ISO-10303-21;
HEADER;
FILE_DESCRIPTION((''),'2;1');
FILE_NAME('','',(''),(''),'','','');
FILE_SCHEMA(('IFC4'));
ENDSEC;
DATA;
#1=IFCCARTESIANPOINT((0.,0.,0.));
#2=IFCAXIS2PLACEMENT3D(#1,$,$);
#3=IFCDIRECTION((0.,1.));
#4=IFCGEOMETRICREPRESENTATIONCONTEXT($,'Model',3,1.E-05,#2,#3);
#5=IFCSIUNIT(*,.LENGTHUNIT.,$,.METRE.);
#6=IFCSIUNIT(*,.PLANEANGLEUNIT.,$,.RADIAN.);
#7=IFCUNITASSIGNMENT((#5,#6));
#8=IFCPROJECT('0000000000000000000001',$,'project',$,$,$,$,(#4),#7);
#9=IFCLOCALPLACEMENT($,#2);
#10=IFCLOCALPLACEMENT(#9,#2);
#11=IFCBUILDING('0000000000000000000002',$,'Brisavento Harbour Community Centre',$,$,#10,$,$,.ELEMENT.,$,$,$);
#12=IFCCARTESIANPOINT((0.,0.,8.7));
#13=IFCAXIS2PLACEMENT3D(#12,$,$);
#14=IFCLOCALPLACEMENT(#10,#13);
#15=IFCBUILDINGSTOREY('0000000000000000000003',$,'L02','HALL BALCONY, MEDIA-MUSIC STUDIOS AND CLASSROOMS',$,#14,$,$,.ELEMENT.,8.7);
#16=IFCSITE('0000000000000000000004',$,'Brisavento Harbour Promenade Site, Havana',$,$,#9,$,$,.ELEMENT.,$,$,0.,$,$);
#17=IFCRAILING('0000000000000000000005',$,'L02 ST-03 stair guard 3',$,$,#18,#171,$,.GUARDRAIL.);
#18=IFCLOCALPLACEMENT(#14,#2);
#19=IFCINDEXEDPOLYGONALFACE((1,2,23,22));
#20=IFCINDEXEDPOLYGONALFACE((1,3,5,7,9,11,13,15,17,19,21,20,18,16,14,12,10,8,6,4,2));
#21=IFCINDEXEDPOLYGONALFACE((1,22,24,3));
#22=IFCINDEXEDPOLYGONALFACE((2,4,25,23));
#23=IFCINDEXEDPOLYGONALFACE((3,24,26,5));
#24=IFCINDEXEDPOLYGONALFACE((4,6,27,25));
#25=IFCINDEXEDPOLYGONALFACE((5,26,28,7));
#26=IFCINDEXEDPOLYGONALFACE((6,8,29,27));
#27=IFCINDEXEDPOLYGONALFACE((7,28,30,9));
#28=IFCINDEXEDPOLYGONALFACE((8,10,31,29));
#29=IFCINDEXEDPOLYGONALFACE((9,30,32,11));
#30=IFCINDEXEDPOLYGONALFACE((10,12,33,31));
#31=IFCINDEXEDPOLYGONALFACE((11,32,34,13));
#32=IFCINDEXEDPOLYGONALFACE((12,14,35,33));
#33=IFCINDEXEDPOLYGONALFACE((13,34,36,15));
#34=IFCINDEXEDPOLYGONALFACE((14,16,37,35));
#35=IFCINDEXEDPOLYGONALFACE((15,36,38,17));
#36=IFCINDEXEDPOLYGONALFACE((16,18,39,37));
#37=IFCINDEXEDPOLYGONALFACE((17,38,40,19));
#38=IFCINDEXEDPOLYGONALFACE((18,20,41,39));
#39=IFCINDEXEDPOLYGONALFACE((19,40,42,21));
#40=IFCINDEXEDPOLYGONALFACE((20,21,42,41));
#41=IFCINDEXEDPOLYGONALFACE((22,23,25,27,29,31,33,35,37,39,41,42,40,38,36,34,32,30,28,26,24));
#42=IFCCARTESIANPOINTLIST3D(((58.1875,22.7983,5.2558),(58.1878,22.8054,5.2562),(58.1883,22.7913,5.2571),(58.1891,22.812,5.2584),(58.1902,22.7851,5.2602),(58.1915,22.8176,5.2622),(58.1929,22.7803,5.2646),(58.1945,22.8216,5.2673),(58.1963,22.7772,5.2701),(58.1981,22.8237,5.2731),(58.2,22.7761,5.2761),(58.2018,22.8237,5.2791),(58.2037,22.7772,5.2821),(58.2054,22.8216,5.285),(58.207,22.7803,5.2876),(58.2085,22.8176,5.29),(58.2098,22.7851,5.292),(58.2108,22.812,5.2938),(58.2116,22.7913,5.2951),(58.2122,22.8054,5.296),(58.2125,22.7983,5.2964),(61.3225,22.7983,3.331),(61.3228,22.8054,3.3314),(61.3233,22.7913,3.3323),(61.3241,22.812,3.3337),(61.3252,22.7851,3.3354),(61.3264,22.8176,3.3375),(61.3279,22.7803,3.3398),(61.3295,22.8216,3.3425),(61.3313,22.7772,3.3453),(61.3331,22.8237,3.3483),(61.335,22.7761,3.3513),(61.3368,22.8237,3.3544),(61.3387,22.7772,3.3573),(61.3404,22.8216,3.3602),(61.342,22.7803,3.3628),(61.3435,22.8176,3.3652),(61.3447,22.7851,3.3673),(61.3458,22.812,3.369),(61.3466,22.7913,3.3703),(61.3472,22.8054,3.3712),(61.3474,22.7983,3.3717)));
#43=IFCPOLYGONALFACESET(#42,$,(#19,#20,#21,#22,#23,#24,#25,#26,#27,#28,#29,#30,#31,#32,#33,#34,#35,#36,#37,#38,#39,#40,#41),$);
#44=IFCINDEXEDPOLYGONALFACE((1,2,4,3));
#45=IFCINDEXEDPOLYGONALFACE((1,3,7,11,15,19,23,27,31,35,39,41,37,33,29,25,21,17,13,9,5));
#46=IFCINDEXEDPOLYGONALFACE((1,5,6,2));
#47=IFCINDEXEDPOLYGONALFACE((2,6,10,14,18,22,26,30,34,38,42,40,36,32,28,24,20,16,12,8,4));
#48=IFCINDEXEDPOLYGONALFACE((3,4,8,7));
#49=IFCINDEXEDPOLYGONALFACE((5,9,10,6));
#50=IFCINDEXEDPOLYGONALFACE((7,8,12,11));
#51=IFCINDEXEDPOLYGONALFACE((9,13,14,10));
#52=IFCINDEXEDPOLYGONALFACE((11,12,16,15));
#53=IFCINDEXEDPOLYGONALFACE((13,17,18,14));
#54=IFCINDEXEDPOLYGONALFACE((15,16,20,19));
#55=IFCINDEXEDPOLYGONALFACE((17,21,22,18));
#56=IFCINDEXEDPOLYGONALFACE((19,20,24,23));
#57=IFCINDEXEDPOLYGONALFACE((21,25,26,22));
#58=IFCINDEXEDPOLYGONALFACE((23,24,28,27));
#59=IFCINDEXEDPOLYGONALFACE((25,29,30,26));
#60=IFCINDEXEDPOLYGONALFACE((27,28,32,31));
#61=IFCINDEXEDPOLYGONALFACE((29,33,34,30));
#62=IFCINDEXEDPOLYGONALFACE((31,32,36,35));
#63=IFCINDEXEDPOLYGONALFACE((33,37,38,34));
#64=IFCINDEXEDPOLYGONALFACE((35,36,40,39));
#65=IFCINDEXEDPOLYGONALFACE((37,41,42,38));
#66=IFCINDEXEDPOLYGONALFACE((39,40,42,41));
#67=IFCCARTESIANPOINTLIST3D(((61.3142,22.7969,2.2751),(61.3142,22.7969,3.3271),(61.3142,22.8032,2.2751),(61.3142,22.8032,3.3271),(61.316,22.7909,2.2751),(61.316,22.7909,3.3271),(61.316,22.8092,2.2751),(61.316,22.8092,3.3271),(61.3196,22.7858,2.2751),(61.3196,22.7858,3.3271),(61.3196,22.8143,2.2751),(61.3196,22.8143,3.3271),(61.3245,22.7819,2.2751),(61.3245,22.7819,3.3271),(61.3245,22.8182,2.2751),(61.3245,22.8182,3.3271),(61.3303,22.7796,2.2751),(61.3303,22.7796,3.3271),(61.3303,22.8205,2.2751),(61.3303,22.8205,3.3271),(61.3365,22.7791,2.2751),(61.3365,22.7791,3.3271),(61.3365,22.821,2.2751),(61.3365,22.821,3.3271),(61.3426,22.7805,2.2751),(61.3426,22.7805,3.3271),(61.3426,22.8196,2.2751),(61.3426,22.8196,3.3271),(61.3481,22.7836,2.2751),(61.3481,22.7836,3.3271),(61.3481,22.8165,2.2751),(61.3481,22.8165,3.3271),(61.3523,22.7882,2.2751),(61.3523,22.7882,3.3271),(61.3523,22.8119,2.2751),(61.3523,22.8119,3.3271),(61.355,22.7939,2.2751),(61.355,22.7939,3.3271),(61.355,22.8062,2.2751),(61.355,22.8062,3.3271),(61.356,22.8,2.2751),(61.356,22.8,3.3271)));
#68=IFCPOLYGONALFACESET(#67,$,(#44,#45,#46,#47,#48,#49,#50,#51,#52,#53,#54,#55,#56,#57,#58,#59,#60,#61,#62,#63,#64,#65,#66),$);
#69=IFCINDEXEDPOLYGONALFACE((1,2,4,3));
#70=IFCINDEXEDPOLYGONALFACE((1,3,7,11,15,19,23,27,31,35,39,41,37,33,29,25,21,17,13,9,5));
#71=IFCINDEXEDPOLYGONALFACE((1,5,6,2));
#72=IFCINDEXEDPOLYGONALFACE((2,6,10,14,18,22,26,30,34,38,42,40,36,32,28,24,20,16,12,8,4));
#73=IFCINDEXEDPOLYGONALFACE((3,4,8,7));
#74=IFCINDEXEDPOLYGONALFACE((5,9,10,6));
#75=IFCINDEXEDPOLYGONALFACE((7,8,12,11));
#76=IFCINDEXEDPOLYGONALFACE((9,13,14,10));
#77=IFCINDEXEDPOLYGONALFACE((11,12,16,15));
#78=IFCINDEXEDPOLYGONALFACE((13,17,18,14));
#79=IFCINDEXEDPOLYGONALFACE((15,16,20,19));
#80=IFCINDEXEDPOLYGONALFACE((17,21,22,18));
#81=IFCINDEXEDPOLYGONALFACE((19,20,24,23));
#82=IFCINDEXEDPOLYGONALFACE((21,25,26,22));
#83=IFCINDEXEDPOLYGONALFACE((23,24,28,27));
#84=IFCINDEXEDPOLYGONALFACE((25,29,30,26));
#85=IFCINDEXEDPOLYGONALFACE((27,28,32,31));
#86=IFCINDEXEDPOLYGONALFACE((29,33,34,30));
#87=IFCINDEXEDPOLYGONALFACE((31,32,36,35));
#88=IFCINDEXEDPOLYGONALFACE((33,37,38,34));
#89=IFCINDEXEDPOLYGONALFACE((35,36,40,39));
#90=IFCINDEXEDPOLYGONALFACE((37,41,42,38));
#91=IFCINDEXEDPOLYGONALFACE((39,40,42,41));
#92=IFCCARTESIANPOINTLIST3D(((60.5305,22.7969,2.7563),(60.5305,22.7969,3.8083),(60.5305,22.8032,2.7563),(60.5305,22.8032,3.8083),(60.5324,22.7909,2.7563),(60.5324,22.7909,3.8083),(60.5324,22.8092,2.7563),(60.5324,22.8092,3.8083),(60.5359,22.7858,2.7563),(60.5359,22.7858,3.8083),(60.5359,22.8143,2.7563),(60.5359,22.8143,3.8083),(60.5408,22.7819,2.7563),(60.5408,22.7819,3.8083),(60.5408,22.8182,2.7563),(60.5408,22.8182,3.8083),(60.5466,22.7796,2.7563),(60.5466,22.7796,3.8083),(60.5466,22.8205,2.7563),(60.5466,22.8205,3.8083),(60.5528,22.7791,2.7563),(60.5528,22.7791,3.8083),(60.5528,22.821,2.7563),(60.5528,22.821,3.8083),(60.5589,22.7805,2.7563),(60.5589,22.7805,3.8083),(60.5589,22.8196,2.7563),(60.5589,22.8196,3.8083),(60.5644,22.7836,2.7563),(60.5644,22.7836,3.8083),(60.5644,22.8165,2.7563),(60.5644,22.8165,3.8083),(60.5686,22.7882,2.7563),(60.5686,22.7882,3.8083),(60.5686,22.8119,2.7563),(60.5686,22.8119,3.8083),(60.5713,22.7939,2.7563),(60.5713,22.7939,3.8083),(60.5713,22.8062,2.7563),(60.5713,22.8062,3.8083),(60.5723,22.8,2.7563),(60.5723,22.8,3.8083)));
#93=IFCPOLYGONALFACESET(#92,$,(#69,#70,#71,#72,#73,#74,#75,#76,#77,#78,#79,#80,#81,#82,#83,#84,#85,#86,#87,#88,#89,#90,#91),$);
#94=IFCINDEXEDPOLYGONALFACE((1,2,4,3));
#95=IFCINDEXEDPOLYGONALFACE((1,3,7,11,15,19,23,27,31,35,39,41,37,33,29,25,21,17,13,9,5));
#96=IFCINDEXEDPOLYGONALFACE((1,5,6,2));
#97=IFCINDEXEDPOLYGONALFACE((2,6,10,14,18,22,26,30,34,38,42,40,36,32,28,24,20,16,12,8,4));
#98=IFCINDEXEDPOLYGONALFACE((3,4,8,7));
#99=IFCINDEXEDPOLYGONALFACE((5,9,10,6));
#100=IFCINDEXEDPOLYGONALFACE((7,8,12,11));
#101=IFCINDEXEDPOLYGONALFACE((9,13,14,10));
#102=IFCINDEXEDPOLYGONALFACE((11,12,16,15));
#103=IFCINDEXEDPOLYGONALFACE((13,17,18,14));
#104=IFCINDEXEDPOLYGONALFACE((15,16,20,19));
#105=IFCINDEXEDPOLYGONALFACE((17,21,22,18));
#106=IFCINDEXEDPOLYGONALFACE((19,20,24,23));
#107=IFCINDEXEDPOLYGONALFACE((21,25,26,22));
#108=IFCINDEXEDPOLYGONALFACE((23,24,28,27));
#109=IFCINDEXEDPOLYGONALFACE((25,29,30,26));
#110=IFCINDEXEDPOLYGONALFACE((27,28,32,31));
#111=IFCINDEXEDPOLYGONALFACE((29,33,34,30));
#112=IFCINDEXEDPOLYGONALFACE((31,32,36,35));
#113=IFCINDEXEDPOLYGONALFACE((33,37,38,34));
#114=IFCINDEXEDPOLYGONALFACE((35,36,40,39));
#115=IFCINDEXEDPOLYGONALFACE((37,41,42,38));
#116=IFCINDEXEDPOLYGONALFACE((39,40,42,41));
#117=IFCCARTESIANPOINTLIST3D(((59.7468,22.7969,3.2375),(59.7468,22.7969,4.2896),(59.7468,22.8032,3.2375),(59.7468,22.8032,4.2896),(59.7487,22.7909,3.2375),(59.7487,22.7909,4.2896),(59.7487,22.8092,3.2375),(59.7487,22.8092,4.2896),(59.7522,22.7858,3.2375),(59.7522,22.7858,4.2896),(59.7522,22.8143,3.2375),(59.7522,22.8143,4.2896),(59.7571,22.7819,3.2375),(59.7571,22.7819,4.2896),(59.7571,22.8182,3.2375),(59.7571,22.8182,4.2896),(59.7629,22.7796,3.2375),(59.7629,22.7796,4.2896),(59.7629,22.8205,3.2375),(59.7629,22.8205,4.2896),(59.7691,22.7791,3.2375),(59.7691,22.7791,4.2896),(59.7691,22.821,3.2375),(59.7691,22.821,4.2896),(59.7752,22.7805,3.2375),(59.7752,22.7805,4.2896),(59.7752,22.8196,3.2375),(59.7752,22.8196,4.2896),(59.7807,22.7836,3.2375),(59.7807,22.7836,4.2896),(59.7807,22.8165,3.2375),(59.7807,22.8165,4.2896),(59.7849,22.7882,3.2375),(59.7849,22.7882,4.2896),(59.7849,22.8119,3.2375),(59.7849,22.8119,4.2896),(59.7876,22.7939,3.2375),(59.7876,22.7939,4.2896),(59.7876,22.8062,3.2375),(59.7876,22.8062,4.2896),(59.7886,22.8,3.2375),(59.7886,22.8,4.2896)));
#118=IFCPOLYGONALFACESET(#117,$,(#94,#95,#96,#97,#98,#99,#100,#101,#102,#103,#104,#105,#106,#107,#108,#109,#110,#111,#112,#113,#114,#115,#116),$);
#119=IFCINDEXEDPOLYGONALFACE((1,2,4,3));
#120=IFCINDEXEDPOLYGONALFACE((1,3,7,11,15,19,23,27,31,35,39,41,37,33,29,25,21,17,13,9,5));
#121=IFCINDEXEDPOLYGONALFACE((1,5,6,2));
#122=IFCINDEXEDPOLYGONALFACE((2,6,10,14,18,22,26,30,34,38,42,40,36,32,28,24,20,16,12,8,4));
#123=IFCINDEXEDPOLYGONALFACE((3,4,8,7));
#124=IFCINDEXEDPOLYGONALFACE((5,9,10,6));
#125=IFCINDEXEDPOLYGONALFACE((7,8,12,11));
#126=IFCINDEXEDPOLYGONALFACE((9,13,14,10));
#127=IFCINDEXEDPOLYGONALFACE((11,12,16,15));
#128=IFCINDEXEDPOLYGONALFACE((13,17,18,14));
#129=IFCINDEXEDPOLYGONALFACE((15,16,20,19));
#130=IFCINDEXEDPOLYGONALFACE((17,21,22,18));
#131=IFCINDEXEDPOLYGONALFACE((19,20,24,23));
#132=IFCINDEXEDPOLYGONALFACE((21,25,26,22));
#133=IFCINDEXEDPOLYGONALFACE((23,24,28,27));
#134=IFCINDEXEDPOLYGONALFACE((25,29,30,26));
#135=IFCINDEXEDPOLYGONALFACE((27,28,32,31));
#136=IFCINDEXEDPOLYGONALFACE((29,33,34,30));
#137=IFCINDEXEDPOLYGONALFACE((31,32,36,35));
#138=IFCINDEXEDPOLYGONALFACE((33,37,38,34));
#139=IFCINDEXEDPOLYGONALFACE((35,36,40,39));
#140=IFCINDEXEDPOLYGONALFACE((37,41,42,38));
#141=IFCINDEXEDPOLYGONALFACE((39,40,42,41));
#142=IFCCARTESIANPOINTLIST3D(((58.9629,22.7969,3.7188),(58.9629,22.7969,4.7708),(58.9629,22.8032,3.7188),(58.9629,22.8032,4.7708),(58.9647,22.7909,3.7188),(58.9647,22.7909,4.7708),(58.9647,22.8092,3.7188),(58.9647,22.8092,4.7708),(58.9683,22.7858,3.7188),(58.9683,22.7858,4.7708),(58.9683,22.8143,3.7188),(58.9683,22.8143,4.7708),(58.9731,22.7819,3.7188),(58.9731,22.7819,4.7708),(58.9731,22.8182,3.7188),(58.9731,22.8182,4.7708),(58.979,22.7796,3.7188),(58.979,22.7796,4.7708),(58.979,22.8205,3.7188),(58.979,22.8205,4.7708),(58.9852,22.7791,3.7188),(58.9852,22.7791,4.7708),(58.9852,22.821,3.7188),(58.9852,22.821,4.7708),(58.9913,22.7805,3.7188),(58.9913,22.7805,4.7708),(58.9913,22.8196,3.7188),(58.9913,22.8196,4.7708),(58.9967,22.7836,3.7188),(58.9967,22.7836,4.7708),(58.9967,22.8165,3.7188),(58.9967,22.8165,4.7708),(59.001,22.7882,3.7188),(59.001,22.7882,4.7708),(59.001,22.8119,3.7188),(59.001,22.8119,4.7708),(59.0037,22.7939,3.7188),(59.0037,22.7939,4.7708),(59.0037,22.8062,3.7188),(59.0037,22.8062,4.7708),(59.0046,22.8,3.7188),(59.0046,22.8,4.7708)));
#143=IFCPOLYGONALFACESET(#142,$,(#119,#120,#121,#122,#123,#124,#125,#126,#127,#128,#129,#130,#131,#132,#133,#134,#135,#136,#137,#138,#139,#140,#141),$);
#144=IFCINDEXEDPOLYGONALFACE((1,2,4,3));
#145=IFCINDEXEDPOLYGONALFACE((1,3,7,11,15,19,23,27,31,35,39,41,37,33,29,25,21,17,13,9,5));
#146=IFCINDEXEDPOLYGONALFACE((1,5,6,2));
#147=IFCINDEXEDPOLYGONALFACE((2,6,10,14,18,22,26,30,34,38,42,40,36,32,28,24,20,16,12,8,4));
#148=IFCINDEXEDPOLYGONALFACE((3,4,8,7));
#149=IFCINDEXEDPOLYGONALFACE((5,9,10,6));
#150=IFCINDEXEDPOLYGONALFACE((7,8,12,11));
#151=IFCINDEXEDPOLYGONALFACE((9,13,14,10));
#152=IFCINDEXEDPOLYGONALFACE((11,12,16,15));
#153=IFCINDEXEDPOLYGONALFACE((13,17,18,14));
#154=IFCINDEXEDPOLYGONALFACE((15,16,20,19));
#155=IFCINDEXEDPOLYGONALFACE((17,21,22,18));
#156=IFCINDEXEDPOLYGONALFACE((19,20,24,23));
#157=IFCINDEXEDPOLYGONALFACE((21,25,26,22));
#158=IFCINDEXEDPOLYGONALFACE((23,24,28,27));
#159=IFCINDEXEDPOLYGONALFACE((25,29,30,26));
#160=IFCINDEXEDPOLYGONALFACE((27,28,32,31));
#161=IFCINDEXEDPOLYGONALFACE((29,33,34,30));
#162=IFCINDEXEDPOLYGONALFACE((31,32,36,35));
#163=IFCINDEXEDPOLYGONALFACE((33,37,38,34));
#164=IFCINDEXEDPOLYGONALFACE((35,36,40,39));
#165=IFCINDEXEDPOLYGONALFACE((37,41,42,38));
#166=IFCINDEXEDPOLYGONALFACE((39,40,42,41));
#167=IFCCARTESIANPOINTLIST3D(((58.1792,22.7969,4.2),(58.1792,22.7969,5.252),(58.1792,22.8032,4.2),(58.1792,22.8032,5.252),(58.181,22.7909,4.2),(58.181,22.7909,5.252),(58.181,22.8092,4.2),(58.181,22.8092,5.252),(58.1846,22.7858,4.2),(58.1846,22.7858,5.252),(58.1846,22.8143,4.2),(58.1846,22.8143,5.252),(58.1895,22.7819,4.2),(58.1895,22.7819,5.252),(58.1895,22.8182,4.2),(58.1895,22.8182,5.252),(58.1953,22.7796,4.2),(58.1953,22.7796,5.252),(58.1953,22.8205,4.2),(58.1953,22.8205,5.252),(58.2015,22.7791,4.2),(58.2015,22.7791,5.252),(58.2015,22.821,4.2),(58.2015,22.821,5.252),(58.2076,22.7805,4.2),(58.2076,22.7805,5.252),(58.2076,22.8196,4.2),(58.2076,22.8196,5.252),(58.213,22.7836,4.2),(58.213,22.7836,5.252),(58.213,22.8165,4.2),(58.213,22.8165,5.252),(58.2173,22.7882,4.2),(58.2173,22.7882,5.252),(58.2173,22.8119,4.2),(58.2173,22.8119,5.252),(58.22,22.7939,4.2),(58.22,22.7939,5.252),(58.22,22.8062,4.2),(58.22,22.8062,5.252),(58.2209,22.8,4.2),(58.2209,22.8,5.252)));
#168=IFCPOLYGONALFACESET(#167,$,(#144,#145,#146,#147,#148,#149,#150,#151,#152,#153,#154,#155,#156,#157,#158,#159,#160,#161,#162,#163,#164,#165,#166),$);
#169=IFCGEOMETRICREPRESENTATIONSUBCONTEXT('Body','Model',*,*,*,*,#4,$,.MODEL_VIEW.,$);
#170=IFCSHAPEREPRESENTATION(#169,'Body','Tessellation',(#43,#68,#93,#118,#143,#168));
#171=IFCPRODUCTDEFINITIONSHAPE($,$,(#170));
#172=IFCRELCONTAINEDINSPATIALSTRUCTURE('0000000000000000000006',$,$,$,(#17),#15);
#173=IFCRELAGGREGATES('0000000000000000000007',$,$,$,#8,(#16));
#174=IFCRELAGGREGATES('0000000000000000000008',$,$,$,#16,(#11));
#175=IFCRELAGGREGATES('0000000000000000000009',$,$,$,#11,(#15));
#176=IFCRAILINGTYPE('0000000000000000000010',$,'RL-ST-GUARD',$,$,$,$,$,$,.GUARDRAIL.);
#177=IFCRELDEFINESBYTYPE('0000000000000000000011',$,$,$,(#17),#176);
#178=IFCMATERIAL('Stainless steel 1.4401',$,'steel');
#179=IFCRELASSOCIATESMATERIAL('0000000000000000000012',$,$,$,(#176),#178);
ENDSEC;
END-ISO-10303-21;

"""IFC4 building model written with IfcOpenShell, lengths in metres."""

from ifc_helpers import new_model, si_unit, direction, frame, origin, origin_2d, place, context, subcontext, project, spatial, circle, extrude, material, type_object, element, save


model = new_model("IFC4")

# Units and contexts
model_context = context("Model", 3, precision=1e-05, world=origin(), true_north=direction((0.0, 1.0)))
body_context = subcontext(model_context, "Body", "Model", "MODEL_VIEW")
ifc_project = project(units=[si_unit("LENGTHUNIT", "METRE"), si_unit("PLANEANGLEUNIT", "RADIAN")], contexts=[model_context])

# Site, building, storey
site_placement = place(None, origin())
site = spatial("IfcSite", under=ifc_project, at=site_placement, Name="Brisavento Harbour Promenade Site, Havana", CompositionType="ELEMENT", RefElevation=0.0)
building_placement = place(site_placement, origin())
building = spatial("IfcBuilding", under=site, at=building_placement, Name="Brisavento Harbour Community Centre", CompositionType="ELEMENT")
storey_placement = place(building_placement, frame((0.0, 0.0, 8.7)))
storey = spatial("IfcBuildingStorey", under=building, at=storey_placement, Name="L02", Description="HALL BALCONY, MEDIA-MUSIC STUDIOS AND CLASSROOMS", CompositionType="ELEMENT", Elevation=8.7)

# Shared definitions
ifc_material_1 = material(Name="Stainless steel 1.4401", Category="steel")

# Railing
railing_type_1 = type_object("IfcRailingType", Name="RL-ST-GUARD", PredefinedType="GUARDRAIL", material=ifc_material_1)
railing_1_placement = place(storey_placement, frame((61.335, 22.8, 2.2751)))
element("IfcRailing", 1, at=railing_1_placement, inside=storey, type_object=railing_type_1, Name="L02 ST-03 stair guard 3", PredefinedType="GUARDRAIL", context=body_context, shape_type="SweptSolid", body=[
    extrude(circle(Radius=0.0239, at=origin_2d()), frame((0.0, 0.0, 1.0762), z_axis=(-0.852196, 0.0, 0.523223), x_axis=(0.0, -1.0, 0.0)), (0.0, 0.0, 1.0), 3.6787),
    extrude(circle(Radius=0.021, at=origin_2d()), origin(), (0.0, 0.0, 1.0), 1.052),
    extrude(circle(Radius=0.021, at=origin_2d()), frame((-0.7837, 0.0, 0.4812)), (0.0, 0.0, 1.0), 1.052),
    extrude(circle(Radius=0.021, at=origin_2d()), frame((-1.5674, 0.0, 0.9624)), (0.0, 0.0, 1.0), 1.052),
    extrude(circle(Radius=0.021, at=origin_2d()), frame((-2.3513, 0.0, 1.4436)), (0.0, 0.0, 1.0), 1.052),
    extrude(circle(Radius=0.021, at=origin_2d()), frame((-3.135, 0.0, 1.9248)), (0.0, 0.0, 1.0), 1.052),
])

save(model, "model.ifc")
